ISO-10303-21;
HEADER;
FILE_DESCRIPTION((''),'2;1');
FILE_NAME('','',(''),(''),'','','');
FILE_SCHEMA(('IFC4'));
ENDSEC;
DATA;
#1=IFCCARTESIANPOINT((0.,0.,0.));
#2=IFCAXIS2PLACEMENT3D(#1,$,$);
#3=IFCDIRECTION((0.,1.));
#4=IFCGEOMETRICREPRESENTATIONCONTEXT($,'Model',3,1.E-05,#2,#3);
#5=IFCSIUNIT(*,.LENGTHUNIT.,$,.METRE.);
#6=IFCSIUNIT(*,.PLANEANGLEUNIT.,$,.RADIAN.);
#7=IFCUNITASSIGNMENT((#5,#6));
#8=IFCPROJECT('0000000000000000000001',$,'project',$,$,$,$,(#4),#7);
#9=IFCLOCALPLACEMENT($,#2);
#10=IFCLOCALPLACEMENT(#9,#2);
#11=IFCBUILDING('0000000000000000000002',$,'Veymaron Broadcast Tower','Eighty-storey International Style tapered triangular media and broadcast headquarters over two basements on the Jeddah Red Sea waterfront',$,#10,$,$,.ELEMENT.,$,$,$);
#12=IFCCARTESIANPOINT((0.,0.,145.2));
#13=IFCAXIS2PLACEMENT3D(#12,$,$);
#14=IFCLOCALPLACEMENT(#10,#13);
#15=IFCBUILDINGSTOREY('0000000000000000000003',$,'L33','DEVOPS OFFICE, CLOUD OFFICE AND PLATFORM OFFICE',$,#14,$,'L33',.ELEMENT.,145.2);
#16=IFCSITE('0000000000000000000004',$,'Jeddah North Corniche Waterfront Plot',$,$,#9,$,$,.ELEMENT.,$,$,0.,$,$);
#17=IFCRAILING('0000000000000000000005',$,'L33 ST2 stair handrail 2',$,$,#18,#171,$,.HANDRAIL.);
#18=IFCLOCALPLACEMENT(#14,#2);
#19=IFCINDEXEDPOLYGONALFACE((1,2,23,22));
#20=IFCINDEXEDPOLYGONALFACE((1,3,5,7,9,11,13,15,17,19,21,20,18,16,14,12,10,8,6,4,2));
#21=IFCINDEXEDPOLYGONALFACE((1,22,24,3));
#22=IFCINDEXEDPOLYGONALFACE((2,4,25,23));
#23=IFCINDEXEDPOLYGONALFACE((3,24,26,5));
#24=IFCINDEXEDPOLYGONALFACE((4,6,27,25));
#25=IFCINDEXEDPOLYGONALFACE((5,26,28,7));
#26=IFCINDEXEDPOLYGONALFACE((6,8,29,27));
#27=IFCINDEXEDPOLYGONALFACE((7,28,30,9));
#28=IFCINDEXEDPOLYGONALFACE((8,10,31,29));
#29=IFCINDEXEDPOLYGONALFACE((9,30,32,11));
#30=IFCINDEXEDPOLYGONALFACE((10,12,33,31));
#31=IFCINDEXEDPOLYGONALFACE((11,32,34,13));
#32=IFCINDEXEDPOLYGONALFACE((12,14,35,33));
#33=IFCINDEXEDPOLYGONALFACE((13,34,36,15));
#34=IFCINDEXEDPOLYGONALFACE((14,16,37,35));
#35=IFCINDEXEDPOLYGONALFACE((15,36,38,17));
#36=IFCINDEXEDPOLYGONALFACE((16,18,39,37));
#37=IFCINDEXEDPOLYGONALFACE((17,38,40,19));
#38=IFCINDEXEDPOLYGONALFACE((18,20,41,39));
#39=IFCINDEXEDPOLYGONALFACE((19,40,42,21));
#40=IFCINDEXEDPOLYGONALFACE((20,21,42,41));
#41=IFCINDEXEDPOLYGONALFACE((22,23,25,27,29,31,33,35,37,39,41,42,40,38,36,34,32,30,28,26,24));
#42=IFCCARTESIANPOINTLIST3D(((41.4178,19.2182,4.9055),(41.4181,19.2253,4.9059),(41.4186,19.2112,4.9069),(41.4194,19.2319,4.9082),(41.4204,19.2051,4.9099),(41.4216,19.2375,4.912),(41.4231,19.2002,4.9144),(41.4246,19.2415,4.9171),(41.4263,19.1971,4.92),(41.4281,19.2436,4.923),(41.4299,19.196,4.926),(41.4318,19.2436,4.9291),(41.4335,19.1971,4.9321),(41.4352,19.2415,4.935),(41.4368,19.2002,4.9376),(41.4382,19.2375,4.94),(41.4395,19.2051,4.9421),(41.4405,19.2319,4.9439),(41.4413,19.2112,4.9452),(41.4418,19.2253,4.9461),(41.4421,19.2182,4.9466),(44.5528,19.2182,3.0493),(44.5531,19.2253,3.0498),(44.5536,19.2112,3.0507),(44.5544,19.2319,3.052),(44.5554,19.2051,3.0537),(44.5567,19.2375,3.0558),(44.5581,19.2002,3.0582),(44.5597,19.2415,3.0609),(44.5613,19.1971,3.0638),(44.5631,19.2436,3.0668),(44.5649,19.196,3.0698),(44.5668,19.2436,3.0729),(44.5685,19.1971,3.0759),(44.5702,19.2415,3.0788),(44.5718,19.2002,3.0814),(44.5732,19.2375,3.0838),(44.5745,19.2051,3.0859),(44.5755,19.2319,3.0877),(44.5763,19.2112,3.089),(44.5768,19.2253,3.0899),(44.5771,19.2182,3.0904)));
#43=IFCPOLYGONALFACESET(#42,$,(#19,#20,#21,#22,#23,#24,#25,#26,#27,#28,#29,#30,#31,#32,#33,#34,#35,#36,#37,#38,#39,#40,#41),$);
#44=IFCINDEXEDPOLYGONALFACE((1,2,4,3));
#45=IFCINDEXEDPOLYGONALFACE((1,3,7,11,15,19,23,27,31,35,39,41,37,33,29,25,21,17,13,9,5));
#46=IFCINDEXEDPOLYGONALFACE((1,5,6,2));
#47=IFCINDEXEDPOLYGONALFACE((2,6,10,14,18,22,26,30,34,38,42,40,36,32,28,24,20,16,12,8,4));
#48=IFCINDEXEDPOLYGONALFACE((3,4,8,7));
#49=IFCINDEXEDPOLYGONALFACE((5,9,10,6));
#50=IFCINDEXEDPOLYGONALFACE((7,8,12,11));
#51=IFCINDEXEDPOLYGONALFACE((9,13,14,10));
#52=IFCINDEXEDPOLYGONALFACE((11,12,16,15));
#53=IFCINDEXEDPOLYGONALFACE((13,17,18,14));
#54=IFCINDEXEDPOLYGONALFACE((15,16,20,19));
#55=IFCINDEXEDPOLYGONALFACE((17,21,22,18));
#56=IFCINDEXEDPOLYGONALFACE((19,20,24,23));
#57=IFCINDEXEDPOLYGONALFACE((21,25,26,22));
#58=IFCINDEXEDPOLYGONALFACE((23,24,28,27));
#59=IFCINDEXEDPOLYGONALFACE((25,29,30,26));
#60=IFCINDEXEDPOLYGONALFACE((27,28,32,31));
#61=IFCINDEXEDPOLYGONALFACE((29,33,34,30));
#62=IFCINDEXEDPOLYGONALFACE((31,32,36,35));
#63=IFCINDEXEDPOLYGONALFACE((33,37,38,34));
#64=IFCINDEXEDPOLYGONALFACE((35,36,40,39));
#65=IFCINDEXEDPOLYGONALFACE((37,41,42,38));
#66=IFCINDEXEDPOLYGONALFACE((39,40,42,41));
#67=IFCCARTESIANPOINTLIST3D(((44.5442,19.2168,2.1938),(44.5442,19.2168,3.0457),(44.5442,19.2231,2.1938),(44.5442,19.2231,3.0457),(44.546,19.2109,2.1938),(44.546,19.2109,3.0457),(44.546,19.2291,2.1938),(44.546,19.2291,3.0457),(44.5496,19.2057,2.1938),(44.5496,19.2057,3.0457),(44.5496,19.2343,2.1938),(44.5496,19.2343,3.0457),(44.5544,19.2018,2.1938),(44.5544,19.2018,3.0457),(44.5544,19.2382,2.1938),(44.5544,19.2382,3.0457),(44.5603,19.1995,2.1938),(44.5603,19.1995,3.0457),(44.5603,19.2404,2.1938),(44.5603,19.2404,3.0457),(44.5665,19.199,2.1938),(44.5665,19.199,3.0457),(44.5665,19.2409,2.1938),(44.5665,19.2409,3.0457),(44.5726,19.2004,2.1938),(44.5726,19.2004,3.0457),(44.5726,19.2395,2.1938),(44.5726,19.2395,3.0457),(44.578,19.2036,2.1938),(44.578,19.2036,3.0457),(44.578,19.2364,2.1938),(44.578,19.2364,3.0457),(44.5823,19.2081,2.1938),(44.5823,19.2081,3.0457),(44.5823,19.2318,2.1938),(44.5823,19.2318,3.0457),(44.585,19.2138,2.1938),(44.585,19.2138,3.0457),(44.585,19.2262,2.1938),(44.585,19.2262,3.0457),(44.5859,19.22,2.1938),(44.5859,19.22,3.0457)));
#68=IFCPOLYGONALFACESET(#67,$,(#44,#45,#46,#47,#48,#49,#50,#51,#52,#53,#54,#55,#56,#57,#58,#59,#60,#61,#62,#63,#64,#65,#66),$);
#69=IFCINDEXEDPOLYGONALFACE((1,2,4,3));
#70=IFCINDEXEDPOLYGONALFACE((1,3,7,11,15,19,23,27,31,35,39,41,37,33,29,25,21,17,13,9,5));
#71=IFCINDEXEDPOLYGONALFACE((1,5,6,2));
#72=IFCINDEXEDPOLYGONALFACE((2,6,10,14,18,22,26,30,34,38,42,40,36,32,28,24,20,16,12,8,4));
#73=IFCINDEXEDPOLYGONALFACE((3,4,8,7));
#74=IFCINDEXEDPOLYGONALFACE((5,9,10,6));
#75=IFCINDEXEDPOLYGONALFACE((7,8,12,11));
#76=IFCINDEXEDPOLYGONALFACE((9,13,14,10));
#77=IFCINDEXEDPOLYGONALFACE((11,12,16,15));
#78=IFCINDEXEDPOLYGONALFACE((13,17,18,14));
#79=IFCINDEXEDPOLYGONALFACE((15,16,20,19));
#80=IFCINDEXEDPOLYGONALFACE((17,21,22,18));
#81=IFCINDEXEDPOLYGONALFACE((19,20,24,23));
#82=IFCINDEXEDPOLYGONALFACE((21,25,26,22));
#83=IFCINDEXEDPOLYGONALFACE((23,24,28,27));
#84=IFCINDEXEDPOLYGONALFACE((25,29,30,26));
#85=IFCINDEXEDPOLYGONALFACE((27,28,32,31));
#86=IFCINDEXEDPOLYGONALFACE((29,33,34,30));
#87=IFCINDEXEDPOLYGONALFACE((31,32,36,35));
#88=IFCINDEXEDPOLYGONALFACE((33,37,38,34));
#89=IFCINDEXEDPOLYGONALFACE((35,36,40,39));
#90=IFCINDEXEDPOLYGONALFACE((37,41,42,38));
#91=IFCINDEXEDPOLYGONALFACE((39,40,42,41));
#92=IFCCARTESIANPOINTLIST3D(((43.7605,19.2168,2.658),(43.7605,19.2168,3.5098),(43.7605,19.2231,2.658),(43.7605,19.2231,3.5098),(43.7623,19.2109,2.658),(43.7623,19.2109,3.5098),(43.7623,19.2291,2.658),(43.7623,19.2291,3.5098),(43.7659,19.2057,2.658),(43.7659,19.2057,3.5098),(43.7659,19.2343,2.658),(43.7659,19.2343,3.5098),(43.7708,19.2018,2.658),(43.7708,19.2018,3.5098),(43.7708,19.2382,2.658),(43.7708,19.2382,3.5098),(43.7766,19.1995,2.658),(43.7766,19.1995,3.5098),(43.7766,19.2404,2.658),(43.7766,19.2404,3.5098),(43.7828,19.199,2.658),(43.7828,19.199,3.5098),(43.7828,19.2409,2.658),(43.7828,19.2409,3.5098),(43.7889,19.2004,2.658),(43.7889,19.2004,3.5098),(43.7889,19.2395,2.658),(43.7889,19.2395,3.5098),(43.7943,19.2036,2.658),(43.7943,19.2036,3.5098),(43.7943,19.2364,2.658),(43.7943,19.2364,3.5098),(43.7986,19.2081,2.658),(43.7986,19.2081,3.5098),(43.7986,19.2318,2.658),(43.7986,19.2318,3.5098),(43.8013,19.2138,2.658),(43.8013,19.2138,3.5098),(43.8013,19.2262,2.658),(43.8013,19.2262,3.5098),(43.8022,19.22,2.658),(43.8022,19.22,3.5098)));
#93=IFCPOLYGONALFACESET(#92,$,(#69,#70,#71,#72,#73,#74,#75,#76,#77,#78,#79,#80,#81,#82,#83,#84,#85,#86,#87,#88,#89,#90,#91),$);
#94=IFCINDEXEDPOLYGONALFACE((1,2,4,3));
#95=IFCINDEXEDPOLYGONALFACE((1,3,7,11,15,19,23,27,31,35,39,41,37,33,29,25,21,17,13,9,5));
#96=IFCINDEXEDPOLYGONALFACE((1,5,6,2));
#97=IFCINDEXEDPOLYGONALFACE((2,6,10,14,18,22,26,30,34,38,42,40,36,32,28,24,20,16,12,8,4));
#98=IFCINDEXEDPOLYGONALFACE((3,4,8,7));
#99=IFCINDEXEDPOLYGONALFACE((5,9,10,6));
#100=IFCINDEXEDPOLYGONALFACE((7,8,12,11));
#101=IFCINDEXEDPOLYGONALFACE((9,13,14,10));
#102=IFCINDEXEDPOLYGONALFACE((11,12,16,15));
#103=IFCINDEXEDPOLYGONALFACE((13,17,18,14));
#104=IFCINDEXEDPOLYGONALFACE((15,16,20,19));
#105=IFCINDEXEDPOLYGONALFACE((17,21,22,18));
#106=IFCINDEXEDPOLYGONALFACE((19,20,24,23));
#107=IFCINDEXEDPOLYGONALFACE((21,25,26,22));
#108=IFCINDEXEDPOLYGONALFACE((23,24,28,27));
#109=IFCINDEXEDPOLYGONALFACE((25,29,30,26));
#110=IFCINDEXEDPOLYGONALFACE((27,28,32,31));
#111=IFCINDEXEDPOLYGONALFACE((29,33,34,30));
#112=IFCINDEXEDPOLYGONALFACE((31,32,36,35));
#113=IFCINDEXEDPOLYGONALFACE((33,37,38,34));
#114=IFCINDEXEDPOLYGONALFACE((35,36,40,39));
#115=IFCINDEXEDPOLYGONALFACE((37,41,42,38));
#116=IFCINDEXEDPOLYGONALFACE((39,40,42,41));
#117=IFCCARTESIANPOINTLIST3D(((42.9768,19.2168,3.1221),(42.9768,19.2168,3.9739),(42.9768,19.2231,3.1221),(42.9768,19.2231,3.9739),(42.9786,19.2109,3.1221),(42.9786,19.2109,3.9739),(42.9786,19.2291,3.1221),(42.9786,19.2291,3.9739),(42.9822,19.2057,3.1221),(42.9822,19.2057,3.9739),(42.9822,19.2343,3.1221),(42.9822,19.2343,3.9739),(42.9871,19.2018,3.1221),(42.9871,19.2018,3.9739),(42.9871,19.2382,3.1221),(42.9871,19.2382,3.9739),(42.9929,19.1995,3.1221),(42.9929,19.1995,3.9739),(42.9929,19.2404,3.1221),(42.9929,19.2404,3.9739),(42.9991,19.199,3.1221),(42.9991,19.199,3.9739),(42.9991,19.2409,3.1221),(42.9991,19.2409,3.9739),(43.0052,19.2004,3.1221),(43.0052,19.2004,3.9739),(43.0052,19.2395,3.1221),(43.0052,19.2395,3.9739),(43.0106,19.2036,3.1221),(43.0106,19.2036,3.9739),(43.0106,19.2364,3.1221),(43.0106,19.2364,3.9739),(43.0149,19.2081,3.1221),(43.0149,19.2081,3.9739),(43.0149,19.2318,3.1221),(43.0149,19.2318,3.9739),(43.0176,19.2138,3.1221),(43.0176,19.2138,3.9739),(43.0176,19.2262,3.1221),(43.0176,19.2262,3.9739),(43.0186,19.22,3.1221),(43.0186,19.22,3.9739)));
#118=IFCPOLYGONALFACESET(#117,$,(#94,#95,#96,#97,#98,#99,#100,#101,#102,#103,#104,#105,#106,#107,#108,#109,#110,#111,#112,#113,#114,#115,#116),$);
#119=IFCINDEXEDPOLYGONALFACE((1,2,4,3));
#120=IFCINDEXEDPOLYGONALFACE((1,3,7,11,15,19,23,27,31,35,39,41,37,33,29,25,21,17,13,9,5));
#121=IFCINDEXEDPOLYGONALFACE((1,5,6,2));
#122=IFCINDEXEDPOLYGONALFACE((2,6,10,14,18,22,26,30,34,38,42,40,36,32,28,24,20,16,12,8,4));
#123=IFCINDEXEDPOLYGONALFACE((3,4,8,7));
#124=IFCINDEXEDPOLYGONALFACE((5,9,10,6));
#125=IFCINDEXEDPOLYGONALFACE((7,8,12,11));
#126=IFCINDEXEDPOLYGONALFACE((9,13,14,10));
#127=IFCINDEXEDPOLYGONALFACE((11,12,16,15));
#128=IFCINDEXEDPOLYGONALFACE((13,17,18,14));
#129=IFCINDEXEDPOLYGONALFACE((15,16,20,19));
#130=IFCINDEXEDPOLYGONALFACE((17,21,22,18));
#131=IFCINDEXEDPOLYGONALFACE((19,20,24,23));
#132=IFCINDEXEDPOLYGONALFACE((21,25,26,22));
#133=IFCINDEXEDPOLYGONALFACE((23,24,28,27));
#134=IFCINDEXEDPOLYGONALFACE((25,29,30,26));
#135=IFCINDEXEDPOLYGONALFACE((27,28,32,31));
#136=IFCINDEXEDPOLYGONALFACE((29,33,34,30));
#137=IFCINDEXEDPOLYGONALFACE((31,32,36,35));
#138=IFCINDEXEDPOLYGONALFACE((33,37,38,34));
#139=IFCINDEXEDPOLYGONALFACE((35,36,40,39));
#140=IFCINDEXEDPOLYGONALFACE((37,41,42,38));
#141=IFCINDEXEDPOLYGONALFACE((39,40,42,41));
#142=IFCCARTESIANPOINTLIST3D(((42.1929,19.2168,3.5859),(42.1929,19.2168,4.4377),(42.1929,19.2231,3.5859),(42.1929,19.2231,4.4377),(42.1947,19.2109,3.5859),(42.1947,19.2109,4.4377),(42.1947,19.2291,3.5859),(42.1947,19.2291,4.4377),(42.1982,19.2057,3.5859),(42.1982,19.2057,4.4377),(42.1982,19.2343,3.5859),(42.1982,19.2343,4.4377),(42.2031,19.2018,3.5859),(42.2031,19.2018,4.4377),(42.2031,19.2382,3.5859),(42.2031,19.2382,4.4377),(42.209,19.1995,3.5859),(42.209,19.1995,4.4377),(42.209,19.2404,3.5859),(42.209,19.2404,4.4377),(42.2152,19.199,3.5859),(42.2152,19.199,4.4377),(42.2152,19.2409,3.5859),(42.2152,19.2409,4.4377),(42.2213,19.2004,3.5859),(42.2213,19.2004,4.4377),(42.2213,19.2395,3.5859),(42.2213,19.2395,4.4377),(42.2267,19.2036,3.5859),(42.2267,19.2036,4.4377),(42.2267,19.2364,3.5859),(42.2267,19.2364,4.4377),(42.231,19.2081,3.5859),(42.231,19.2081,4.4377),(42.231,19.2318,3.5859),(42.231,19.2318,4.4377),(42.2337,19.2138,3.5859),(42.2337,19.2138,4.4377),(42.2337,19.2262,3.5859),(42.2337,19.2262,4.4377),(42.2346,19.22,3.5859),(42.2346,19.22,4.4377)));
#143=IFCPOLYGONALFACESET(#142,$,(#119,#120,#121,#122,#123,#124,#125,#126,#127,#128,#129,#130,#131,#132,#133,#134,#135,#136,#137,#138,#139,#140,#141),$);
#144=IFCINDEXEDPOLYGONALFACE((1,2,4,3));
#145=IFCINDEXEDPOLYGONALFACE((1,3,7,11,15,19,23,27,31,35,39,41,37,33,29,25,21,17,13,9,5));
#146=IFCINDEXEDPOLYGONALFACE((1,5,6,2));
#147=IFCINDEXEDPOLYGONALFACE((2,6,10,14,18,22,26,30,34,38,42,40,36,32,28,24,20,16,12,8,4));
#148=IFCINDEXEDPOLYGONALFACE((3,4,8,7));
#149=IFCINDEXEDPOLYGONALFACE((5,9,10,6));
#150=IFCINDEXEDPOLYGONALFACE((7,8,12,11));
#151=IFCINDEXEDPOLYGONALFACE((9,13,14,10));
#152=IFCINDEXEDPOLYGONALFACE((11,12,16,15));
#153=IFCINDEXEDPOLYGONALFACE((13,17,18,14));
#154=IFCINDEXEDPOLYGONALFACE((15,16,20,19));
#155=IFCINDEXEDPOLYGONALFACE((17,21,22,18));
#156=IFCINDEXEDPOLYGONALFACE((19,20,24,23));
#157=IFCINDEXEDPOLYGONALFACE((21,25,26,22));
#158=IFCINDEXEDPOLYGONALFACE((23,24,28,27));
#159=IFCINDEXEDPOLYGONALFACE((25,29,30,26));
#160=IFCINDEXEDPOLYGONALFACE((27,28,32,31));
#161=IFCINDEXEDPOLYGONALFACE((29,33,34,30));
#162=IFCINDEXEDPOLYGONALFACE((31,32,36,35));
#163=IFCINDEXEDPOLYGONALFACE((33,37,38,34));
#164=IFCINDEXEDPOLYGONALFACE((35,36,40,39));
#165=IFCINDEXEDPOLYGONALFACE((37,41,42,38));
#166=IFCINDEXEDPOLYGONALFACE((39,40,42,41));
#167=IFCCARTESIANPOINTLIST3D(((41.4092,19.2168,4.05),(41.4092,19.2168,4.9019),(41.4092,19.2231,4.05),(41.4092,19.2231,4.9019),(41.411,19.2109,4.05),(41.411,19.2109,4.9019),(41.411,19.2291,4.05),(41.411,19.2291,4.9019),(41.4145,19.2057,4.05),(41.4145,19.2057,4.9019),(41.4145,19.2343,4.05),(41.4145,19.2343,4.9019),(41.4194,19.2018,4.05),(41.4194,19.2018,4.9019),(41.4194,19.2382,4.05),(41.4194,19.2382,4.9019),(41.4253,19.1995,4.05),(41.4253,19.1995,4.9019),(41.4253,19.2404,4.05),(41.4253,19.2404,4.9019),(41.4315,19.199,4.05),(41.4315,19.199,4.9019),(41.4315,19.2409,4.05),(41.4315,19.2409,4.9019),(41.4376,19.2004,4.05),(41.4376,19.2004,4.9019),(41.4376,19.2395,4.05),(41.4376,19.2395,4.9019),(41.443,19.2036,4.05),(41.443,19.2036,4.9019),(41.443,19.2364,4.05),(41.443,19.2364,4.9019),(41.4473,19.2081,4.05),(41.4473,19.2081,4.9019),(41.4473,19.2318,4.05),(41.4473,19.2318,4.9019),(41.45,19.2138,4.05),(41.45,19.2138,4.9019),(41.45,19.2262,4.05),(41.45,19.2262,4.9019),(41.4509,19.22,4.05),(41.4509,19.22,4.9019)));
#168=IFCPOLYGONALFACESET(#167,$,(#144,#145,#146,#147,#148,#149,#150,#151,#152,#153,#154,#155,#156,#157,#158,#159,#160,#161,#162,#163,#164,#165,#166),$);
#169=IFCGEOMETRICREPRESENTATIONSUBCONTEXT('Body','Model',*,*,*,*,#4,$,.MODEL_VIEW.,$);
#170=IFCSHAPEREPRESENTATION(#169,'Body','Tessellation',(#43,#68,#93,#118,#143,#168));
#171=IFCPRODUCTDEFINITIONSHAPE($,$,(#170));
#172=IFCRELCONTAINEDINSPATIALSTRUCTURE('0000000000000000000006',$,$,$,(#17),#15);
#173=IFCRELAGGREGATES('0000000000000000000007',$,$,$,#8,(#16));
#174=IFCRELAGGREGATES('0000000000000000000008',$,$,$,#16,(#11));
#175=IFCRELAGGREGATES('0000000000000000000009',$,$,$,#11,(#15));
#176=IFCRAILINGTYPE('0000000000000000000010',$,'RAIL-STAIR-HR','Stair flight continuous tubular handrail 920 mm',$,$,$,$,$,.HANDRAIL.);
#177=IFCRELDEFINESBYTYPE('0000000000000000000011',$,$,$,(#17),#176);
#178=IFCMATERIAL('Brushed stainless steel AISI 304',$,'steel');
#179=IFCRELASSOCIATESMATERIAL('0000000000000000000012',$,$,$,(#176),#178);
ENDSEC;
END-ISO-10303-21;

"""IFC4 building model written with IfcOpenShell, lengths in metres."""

from ifc_helpers import new_model, si_unit, direction, frame, origin, origin_2d, place, context, subcontext, project, spatial, circle, extrude, material, type_object, element, save


model = new_model("IFC4")

# Units and contexts
model_context = context("Model", 3, precision=1e-05, world=origin(), true_north=direction((0.0, 1.0)))
body_context = subcontext(model_context, "Body", "Model", "MODEL_VIEW")
ifc_project = project(units=[si_unit("LENGTHUNIT", "METRE"), si_unit("PLANEANGLEUNIT", "RADIAN")], contexts=[model_context])

# Site, building, storey
site_placement = place(None, origin())
site = spatial("IfcSite", under=ifc_project, at=site_placement, Name="Jeddah North Corniche Waterfront Plot", CompositionType="ELEMENT", RefElevation=0.0)
building_placement = place(site_placement, origin())
building = spatial("IfcBuilding", under=site, at=building_placement, Name="Veymaron Broadcast Tower", Description="Eighty-storey International Style tapered triangular media and broadcast headquarters over two basements on the Jeddah Red Sea waterfront", CompositionType="ELEMENT")
storey_placement = place(building_placement, frame((0.0, 0.0, 145.2)))
storey = spatial("IfcBuildingStorey", under=building, at=storey_placement, Name="L33", Description="DEVOPS OFFICE, CLOUD OFFICE AND PLATFORM OFFICE", LongName="L33", CompositionType="ELEMENT", Elevation=145.2)

# Railing
ifc_material_1 = material(Name="Brushed stainless steel AISI 304", Category="steel")
railing_type_1 = type_object("IfcRailingType", Name="RAIL-STAIR-HR", Description="Stair flight continuous tubular handrail 920 mm", PredefinedType="HANDRAIL", material=ifc_material_1)
railing_1_placement = place(storey_placement, frame((44.5649, 19.22, 2.1938)))
element("IfcRailing", 1, at=railing_1_placement, inside=storey, type_object=railing_type_1, Name="L33 ST2 stair handrail 2", PredefinedType="HANDRAIL", context=body_context, shape_type="SweptSolid", body=[
    extrude(circle(Radius=0.0239, at=origin_2d()), frame((0.0, 0.0, 0.876), z_axis=(-0.860482, 0.0, 0.509481), x_axis=(0.0, -1.0, 0.0)), (0.0, 0.0, 1.0), 3.6433),
    extrude(circle(Radius=0.021, at=origin_2d()), origin(), (0.0, 0.0, 1.0), 0.8518),
    extrude(circle(Radius=0.021, at=origin_2d()), frame((-0.7837, 0.0, 0.4641)), (0.0, 0.0, 1.0), 0.8518),
    extrude(circle(Radius=0.021, at=origin_2d()), frame((-1.5674, 0.0, 0.9282)), (0.0, 0.0, 1.0), 0.8518),
    extrude(circle(Radius=0.021, at=origin_2d()), frame((-2.3513, 0.0, 1.3921)), (0.0, 0.0, 1.0), 0.8518),
    extrude(circle(Radius=0.021, at=origin_2d()), frame((-3.135, 0.0, 1.8562)), (0.0, 0.0, 1.0), 0.8518),
])

save(model, "model.ifc")
